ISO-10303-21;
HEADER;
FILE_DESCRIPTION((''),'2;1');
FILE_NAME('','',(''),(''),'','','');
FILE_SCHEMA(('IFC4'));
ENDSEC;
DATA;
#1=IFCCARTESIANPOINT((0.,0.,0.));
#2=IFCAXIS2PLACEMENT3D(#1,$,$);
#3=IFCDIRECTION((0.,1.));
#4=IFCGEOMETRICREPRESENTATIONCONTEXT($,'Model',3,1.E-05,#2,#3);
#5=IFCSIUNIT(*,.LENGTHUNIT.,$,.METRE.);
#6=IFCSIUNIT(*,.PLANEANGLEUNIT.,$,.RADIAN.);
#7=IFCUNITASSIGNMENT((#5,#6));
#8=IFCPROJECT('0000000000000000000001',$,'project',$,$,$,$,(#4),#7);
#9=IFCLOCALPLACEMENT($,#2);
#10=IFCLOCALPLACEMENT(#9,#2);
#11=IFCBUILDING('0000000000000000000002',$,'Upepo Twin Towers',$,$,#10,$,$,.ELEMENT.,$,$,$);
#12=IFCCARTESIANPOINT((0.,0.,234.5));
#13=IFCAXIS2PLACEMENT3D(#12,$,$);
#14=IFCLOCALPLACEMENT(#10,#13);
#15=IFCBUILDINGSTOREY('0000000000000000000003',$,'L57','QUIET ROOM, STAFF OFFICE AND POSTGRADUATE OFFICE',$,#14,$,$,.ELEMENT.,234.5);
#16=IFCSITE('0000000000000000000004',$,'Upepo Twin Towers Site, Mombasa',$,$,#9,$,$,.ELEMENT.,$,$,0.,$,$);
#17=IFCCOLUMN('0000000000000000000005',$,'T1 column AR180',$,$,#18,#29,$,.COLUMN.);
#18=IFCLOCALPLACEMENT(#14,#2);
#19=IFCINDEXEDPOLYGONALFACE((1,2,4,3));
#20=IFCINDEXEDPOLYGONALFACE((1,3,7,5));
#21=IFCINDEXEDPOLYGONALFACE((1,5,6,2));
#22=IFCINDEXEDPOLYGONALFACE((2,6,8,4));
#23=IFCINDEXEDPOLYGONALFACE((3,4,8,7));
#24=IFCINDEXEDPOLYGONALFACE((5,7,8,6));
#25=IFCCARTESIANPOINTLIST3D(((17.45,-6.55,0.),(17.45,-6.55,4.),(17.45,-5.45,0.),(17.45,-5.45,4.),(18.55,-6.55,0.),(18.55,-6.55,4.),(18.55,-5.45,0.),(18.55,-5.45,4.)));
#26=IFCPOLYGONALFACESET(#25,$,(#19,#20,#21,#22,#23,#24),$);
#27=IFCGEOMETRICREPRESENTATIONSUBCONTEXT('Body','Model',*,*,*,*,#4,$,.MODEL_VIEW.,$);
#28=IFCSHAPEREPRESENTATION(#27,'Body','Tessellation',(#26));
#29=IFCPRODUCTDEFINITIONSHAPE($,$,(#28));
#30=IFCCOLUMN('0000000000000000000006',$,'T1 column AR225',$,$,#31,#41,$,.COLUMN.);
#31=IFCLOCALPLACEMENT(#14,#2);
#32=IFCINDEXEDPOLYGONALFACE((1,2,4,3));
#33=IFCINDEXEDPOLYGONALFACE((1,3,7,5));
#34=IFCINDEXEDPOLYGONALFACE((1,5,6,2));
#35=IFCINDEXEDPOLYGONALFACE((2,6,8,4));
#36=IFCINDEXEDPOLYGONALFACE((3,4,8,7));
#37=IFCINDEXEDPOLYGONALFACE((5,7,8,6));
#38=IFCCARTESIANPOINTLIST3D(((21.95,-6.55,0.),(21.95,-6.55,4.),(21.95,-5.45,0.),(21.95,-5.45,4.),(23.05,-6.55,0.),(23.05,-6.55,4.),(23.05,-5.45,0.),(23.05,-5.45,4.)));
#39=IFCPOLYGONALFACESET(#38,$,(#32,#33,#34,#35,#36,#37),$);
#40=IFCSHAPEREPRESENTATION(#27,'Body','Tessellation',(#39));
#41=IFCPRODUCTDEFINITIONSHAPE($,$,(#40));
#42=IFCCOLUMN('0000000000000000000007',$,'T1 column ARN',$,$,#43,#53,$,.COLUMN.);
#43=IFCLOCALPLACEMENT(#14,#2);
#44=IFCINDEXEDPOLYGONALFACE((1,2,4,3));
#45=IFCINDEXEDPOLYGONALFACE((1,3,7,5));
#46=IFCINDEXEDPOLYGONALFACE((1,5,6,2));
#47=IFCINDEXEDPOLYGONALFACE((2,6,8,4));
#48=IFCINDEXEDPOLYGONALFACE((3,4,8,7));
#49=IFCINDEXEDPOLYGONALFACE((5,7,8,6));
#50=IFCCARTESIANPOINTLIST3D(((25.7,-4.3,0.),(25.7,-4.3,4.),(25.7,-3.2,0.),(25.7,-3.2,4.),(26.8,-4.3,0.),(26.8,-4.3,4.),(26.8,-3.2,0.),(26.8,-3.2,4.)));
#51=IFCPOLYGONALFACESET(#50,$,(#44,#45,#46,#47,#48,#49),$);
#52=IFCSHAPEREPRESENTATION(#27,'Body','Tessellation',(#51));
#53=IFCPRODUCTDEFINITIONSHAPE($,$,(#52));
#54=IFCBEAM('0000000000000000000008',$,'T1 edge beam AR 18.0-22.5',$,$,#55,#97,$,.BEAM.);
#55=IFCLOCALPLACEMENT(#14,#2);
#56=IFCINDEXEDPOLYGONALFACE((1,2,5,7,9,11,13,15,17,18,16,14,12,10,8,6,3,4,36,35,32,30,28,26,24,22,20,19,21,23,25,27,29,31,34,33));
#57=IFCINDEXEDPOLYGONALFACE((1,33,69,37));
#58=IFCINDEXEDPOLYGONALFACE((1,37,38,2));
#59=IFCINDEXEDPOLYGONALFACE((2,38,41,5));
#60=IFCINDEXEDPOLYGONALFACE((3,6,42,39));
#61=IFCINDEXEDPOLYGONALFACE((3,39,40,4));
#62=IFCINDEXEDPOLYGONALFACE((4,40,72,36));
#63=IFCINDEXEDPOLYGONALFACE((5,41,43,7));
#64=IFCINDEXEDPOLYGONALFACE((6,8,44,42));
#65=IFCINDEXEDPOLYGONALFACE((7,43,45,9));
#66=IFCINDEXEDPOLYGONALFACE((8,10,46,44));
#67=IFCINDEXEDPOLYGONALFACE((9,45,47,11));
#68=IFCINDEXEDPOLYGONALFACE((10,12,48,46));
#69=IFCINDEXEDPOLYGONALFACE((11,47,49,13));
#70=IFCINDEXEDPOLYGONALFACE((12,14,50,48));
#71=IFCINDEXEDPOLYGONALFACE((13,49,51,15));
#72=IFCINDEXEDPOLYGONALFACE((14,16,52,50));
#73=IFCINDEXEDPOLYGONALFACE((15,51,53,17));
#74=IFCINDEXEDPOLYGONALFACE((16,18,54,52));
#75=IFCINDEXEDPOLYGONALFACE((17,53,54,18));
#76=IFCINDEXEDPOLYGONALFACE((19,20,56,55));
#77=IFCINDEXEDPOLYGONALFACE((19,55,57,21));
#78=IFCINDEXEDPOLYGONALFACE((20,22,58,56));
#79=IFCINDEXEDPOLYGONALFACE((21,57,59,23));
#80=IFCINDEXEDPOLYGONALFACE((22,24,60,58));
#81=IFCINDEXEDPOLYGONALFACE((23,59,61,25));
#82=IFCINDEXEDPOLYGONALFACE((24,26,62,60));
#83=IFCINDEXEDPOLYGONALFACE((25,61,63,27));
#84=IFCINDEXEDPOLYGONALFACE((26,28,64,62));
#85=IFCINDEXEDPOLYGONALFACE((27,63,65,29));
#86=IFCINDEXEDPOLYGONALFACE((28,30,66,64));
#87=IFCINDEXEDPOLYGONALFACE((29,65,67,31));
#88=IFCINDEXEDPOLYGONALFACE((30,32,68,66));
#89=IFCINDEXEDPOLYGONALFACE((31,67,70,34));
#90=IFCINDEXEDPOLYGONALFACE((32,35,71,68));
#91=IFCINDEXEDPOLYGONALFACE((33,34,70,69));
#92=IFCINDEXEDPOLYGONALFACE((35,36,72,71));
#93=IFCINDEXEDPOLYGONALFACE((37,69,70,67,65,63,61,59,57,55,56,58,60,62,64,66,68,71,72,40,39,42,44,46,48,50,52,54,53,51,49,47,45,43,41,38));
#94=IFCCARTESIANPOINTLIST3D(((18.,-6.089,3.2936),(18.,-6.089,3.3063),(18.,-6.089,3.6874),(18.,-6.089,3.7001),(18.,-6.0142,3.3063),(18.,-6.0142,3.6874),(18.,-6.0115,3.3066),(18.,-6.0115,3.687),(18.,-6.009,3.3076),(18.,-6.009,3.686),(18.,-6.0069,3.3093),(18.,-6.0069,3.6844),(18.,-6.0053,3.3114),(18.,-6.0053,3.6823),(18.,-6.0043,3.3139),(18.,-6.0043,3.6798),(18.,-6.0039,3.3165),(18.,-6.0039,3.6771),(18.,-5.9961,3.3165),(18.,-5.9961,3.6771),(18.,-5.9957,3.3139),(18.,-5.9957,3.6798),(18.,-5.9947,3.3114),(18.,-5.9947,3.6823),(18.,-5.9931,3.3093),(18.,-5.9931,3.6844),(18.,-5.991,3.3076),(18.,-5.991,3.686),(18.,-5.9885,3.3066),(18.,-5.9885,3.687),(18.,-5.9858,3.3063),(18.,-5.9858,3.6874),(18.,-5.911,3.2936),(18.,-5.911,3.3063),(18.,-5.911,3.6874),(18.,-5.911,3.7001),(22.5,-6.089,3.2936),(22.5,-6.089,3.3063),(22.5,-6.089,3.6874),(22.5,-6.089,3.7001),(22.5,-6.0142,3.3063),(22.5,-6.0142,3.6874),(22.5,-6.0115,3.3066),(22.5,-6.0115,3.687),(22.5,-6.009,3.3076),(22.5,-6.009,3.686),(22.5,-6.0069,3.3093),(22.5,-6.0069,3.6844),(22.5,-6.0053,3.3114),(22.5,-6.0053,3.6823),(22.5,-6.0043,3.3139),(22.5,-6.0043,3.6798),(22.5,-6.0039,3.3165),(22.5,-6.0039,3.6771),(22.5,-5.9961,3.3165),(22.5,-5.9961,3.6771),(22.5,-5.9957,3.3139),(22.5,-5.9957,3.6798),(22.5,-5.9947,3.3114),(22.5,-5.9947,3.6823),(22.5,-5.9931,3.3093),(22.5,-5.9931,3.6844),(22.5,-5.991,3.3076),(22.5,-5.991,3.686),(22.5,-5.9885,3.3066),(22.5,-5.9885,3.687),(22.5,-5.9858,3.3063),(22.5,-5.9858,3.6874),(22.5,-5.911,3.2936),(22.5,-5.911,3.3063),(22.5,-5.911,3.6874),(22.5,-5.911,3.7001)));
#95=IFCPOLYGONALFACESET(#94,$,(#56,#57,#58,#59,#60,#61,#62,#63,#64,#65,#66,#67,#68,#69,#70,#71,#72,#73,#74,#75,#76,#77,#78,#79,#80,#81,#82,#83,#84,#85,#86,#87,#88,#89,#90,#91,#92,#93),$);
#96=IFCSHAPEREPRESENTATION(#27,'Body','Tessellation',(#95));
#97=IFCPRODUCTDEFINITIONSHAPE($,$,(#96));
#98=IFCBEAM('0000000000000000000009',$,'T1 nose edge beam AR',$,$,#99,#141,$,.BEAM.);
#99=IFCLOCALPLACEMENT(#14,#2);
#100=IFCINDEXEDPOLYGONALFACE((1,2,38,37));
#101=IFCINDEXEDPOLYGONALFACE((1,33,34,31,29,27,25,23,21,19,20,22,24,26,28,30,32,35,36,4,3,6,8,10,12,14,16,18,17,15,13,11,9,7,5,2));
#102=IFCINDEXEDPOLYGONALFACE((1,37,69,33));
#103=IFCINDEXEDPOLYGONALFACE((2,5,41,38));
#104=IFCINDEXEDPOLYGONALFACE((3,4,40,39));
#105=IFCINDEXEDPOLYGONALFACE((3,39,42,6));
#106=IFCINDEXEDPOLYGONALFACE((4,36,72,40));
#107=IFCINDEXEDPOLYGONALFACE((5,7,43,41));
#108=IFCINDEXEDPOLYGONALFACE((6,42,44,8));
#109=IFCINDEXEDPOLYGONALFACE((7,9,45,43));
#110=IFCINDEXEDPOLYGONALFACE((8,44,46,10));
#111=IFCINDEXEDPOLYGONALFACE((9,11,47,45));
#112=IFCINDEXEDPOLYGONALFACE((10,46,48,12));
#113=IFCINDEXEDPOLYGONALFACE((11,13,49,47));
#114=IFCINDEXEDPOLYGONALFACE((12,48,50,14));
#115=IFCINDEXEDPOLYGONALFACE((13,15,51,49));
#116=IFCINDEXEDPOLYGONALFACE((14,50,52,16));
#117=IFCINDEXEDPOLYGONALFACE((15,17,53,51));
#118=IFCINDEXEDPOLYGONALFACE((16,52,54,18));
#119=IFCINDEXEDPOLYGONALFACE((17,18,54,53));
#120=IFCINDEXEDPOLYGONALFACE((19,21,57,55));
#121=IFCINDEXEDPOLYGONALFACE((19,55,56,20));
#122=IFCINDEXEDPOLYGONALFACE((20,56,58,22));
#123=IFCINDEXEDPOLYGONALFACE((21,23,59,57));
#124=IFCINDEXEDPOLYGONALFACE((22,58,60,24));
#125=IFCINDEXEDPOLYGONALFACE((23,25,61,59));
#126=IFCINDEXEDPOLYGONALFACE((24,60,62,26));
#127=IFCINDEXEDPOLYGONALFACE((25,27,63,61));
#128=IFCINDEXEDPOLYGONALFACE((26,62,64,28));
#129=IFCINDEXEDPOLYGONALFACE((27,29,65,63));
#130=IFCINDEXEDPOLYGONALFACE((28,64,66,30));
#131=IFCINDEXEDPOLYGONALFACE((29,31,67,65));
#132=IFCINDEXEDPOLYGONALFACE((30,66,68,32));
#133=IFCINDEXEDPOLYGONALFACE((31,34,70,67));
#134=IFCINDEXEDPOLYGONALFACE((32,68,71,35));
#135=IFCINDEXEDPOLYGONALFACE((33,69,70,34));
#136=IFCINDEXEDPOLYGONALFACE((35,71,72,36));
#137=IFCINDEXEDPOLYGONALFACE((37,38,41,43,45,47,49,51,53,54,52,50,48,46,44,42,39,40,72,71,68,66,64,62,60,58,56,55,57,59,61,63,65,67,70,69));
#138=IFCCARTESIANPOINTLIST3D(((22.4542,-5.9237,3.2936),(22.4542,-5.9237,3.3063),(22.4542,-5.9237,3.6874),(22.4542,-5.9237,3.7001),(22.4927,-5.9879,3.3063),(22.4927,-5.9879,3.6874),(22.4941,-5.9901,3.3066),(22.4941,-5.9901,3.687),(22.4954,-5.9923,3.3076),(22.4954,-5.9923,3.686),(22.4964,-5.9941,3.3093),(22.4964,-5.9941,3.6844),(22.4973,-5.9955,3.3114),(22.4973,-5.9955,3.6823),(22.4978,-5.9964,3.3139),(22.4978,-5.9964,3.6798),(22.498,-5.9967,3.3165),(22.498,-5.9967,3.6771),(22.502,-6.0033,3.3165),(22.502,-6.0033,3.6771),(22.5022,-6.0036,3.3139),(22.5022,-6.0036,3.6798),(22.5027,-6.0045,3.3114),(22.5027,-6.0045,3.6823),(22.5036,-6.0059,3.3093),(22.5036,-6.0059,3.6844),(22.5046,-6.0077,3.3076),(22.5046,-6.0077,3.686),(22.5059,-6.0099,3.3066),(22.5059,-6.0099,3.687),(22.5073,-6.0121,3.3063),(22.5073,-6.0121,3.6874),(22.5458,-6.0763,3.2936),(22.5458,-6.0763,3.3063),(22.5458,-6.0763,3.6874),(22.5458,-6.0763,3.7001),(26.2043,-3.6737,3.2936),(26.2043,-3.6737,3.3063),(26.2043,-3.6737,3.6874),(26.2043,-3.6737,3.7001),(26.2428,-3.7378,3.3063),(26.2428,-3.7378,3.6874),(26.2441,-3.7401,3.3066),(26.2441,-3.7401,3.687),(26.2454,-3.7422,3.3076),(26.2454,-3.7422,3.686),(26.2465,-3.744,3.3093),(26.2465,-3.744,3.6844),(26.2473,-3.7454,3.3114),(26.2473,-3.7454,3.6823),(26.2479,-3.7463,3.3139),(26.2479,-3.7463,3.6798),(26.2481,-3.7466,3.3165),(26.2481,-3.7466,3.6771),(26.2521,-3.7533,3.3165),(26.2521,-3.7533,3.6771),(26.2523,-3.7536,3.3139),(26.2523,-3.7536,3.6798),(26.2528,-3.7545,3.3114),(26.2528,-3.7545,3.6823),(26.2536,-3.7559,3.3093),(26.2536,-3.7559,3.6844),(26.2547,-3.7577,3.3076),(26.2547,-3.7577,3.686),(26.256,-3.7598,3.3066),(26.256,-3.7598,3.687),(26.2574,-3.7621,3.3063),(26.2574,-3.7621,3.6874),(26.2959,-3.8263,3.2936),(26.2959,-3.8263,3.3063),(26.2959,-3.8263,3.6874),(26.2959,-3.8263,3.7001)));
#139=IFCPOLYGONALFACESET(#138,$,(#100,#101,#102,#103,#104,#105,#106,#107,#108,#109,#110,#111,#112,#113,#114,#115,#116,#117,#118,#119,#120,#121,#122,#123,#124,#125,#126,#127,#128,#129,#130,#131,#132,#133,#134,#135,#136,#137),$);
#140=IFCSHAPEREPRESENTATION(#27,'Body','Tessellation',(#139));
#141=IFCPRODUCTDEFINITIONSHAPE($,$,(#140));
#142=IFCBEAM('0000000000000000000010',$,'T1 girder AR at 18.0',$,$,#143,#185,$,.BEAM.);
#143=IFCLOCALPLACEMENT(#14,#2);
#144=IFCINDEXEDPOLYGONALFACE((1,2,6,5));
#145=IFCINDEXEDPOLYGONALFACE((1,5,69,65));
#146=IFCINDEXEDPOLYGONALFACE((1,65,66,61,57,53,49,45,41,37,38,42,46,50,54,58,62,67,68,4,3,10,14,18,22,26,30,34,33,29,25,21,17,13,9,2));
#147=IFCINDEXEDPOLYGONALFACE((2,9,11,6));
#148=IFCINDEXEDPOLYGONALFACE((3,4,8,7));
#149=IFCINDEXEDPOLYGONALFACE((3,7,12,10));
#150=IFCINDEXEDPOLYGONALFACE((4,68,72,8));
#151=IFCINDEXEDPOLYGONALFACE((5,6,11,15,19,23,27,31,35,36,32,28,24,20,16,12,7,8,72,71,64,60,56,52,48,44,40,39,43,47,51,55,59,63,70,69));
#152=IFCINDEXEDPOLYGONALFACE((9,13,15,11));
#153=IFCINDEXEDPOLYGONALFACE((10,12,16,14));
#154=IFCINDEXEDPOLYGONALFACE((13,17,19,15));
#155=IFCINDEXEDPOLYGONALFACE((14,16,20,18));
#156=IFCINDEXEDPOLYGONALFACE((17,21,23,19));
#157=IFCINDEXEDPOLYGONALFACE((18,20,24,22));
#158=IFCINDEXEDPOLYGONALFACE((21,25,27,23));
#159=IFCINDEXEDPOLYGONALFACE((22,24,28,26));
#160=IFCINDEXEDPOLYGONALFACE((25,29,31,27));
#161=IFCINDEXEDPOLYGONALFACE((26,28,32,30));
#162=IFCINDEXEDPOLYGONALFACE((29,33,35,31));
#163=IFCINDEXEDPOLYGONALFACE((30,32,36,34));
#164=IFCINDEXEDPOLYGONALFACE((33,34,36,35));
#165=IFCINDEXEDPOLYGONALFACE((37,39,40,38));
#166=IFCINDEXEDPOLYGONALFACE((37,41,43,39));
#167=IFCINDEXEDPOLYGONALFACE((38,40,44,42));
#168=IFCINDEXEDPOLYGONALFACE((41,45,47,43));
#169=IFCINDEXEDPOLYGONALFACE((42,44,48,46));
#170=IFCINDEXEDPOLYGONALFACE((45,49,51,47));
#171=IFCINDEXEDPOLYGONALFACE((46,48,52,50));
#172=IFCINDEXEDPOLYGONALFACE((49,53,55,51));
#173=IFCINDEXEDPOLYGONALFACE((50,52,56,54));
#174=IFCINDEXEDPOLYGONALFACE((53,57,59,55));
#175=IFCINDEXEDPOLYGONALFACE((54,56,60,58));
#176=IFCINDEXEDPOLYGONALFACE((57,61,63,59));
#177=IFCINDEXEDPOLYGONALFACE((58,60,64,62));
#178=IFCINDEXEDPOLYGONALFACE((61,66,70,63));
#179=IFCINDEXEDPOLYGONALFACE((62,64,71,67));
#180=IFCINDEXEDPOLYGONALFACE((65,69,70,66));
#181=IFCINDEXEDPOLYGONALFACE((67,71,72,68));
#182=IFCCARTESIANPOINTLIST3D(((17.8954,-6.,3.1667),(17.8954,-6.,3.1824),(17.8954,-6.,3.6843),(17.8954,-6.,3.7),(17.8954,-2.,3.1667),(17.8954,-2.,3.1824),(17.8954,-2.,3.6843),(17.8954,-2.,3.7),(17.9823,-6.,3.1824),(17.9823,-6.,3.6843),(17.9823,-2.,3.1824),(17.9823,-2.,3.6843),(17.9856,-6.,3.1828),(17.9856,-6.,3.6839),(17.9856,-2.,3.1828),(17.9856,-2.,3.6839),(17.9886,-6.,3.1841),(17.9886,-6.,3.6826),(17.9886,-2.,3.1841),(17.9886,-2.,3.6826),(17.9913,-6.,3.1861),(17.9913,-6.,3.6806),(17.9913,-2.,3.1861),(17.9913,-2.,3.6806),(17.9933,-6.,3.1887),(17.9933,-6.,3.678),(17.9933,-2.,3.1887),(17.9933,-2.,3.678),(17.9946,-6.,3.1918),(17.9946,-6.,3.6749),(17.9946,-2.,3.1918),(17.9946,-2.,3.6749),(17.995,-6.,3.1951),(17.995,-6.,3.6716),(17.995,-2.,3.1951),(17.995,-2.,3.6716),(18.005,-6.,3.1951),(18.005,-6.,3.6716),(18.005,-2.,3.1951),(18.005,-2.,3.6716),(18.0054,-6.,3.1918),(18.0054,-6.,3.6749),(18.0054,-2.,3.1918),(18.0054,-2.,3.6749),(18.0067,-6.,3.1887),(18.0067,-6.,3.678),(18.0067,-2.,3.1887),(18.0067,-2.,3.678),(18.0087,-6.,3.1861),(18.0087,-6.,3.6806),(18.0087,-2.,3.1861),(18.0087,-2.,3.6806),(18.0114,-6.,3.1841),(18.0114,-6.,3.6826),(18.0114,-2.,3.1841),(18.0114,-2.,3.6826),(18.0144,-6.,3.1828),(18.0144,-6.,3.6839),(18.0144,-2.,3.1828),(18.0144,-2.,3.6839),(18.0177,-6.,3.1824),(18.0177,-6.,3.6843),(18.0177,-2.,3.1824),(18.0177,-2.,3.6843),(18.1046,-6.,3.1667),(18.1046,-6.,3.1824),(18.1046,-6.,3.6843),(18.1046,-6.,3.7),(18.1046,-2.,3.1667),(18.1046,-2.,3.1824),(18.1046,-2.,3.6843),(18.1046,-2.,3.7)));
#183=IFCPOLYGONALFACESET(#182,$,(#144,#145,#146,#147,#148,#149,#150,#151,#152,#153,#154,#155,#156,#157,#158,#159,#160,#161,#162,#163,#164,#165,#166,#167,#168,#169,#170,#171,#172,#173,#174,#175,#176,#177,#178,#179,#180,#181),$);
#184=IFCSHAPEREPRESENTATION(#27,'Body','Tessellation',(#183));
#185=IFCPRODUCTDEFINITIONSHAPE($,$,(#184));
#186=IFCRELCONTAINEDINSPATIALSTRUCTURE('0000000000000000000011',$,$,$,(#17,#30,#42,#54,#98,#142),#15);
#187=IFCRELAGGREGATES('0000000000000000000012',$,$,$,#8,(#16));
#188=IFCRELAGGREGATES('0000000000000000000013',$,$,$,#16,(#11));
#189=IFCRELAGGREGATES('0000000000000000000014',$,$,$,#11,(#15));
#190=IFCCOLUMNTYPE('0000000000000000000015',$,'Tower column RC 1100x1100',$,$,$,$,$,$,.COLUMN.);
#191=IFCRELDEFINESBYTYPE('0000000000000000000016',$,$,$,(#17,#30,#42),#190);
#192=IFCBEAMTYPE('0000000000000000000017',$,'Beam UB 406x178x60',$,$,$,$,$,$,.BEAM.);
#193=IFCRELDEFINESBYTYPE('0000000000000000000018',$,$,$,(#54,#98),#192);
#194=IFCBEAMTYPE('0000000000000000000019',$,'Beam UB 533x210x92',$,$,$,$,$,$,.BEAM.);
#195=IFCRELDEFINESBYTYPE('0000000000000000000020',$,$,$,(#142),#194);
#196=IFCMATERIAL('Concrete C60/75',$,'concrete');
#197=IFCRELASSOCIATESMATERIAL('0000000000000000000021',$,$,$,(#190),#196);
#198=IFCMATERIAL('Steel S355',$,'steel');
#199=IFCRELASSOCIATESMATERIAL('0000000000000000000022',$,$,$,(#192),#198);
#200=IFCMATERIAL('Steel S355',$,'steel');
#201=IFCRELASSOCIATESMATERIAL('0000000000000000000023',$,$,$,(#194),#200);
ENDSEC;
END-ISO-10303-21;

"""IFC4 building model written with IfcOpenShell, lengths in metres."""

from ifc_helpers import new_model, si_unit, direction, frame, origin, origin_2d, place, context, subcontext, project, spatial, rectangle, i_section, extrude, material, material_profile, profile_set, type_object, element, save


model = new_model("IFC4")

# Units and contexts
model_context = context("Model", 3, precision=1e-05, world=origin(), true_north=direction((0.0, 1.0)))
body_context = subcontext(model_context, "Body", "Model", "MODEL_VIEW")
ifc_project = project(units=[si_unit("LENGTHUNIT", "METRE"), si_unit("PLANEANGLEUNIT", "RADIAN")], contexts=[model_context])

# Site, building, storey
site_placement = place(None, origin())
site = spatial("IfcSite", under=ifc_project, at=site_placement, Name="Upepo Twin Towers Site, Mombasa", CompositionType="ELEMENT", RefElevation=0.0)
building_placement = place(site_placement, origin())
building = spatial("IfcBuilding", under=site, at=building_placement, Name="Upepo Twin Towers", CompositionType="ELEMENT")
storey_placement = place(building_placement, frame((0.0, 0.0, 234.5)))
storey = spatial("IfcBuildingStorey", under=building, at=storey_placement, Name="L57", Description="QUIET ROOM, STAFF OFFICE AND POSTGRADUATE OFFICE", CompositionType="ELEMENT", Elevation=234.5)

# Columns
ifc_material_1 = material(Name="Concrete C60/75", Category="concrete")
ifc_material_profile_1 = material_profile(ifc_material_1, rectangle(XDim=1.1001, YDim=1.1001, at=origin_2d()), Name="RC 1100x1100")
ifc_profile_set_1 = profile_set([ifc_material_profile_1], Name="Concrete C60/75")
column_type = type_object("IfcColumnType", Name="Tower column RC 1100x1100", PredefinedType="COLUMN", material=ifc_profile_set_1)
for number, where, z_axis, x_axis, name in (
    (1, (18.0, -6.0, 0.0), (0.0, 0.0, 1.0), (1.0, 0.0, 0.0), "T1 column AR180"),
    (2, (22.5, -6.0, 0.0), (0.0, 0.0, 1.0), (1.0, 0.0, 0.0), "T1 column AR225"),
    (3, (26.25, -3.75, 0.0), (0.0, 0.0, 1.0), (1.0, 0.0, 0.0), "T1 column ARN"),
):
    element("IfcColumn", number, at=place(storey_placement, frame(where, z_axis=z_axis, x_axis=x_axis)), inside=storey, type_object=column_type, Name=name, PredefinedType="COLUMN", context=body_context, shape_type="SweptSolid", body=[
        extrude(rectangle(XDim=1.1001, YDim=1.1001, at=origin_2d()), origin(), (0.0, 0.0, 1.0), 4.0),
    ])

# Beams
ifc_material_2 = material(Name="Steel S355", Category="steel")
ifc_material_profile_2 = material_profile(ifc_material_2, i_section(OverallWidth=0.178, OverallDepth=0.4065, WebThickness=0.0078, FlangeThickness=0.0127, FilletRadius=0.0103, at=origin_2d()), Name="UB 406x178x60")
ifc_profile_set_2 = profile_set([ifc_material_profile_2], Name="Steel S355")
beam_type_1 = type_object("IfcBeamType", Name="Beam UB 406x178x60", PredefinedType="BEAM", material=ifc_profile_set_2)
beam_1_placement = place(storey_placement, frame((18.0, -6.0, 3.4968), z_axis=(1.0, 0.0, 0.0), x_axis=(0.0, 1.0, 0.0)))
element("IfcBeam", 4, at=beam_1_placement, inside=storey, type_object=beam_type_1, Name="T1 edge beam AR 18.0-22.5", PredefinedType="BEAM", context=body_context, shape_type="SweptSolid", body=[
    extrude(i_section(OverallWidth=0.178, OverallDepth=0.4065, WebThickness=0.0078, FlangeThickness=0.0127, FilletRadius=0.0103, at=origin_2d()), origin(), (0.0, 0.0, 1.0), 4.5),
])
beam_2_placement = place(storey_placement, frame((22.5, -6.0, 3.4968), z_axis=(0.857493, 0.514496, 0.0), x_axis=(-0.514496, 0.857493, 0.0)))
element("IfcBeam", 5, at=beam_2_placement, inside=storey, type_object=beam_type_1, Name="T1 nose edge beam AR", PredefinedType="BEAM", context=body_context, shape_type="SweptSolid", body=[
    extrude(i_section(OverallWidth=0.178, OverallDepth=0.4065, WebThickness=0.0078, FlangeThickness=0.0127, FilletRadius=0.0103, at=origin_2d()), origin(), (0.0, 0.0, 1.0), 4.3733),
])
ifc_material_3 = material(Name="Steel S355", Category="steel")
ifc_material_profile_3 = material_profile(ifc_material_3, i_section(OverallWidth=0.2092, OverallDepth=0.5332, WebThickness=0.01, FlangeThickness=0.0156, FilletRadius=0.0127, at=origin_2d()), Name="UB 533x210x92")
ifc_profile_set_3 = profile_set([ifc_material_profile_3], Name="Steel S355")
beam_type_2 = type_object("IfcBeamType", Name="Beam UB 533x210x92", PredefinedType="BEAM", material=ifc_profile_set_3)
for number, where, z_axis, x_axis, name in (
    (6, (18.0, -6.0, 3.4333), (0.0, 1.0, 0.0), (-1.0, 0.0, 0.0), "T1 girder AR at 18.0"),
):
    element("IfcBeam", number, at=place(storey_placement, frame(where, z_axis=z_axis, x_axis=x_axis)), inside=storey, type_object=beam_type_2, Name=name, PredefinedType="BEAM", context=body_context, shape_type="SweptSolid", body=[
        extrude(i_section(OverallWidth=0.2092, OverallDepth=0.5332, WebThickness=0.01, FlangeThickness=0.0156, FilletRadius=0.0127, at=origin_2d()), origin(), (0.0, 0.0, 1.0), 4.0),
    ])

save(model, "model.ifc")
